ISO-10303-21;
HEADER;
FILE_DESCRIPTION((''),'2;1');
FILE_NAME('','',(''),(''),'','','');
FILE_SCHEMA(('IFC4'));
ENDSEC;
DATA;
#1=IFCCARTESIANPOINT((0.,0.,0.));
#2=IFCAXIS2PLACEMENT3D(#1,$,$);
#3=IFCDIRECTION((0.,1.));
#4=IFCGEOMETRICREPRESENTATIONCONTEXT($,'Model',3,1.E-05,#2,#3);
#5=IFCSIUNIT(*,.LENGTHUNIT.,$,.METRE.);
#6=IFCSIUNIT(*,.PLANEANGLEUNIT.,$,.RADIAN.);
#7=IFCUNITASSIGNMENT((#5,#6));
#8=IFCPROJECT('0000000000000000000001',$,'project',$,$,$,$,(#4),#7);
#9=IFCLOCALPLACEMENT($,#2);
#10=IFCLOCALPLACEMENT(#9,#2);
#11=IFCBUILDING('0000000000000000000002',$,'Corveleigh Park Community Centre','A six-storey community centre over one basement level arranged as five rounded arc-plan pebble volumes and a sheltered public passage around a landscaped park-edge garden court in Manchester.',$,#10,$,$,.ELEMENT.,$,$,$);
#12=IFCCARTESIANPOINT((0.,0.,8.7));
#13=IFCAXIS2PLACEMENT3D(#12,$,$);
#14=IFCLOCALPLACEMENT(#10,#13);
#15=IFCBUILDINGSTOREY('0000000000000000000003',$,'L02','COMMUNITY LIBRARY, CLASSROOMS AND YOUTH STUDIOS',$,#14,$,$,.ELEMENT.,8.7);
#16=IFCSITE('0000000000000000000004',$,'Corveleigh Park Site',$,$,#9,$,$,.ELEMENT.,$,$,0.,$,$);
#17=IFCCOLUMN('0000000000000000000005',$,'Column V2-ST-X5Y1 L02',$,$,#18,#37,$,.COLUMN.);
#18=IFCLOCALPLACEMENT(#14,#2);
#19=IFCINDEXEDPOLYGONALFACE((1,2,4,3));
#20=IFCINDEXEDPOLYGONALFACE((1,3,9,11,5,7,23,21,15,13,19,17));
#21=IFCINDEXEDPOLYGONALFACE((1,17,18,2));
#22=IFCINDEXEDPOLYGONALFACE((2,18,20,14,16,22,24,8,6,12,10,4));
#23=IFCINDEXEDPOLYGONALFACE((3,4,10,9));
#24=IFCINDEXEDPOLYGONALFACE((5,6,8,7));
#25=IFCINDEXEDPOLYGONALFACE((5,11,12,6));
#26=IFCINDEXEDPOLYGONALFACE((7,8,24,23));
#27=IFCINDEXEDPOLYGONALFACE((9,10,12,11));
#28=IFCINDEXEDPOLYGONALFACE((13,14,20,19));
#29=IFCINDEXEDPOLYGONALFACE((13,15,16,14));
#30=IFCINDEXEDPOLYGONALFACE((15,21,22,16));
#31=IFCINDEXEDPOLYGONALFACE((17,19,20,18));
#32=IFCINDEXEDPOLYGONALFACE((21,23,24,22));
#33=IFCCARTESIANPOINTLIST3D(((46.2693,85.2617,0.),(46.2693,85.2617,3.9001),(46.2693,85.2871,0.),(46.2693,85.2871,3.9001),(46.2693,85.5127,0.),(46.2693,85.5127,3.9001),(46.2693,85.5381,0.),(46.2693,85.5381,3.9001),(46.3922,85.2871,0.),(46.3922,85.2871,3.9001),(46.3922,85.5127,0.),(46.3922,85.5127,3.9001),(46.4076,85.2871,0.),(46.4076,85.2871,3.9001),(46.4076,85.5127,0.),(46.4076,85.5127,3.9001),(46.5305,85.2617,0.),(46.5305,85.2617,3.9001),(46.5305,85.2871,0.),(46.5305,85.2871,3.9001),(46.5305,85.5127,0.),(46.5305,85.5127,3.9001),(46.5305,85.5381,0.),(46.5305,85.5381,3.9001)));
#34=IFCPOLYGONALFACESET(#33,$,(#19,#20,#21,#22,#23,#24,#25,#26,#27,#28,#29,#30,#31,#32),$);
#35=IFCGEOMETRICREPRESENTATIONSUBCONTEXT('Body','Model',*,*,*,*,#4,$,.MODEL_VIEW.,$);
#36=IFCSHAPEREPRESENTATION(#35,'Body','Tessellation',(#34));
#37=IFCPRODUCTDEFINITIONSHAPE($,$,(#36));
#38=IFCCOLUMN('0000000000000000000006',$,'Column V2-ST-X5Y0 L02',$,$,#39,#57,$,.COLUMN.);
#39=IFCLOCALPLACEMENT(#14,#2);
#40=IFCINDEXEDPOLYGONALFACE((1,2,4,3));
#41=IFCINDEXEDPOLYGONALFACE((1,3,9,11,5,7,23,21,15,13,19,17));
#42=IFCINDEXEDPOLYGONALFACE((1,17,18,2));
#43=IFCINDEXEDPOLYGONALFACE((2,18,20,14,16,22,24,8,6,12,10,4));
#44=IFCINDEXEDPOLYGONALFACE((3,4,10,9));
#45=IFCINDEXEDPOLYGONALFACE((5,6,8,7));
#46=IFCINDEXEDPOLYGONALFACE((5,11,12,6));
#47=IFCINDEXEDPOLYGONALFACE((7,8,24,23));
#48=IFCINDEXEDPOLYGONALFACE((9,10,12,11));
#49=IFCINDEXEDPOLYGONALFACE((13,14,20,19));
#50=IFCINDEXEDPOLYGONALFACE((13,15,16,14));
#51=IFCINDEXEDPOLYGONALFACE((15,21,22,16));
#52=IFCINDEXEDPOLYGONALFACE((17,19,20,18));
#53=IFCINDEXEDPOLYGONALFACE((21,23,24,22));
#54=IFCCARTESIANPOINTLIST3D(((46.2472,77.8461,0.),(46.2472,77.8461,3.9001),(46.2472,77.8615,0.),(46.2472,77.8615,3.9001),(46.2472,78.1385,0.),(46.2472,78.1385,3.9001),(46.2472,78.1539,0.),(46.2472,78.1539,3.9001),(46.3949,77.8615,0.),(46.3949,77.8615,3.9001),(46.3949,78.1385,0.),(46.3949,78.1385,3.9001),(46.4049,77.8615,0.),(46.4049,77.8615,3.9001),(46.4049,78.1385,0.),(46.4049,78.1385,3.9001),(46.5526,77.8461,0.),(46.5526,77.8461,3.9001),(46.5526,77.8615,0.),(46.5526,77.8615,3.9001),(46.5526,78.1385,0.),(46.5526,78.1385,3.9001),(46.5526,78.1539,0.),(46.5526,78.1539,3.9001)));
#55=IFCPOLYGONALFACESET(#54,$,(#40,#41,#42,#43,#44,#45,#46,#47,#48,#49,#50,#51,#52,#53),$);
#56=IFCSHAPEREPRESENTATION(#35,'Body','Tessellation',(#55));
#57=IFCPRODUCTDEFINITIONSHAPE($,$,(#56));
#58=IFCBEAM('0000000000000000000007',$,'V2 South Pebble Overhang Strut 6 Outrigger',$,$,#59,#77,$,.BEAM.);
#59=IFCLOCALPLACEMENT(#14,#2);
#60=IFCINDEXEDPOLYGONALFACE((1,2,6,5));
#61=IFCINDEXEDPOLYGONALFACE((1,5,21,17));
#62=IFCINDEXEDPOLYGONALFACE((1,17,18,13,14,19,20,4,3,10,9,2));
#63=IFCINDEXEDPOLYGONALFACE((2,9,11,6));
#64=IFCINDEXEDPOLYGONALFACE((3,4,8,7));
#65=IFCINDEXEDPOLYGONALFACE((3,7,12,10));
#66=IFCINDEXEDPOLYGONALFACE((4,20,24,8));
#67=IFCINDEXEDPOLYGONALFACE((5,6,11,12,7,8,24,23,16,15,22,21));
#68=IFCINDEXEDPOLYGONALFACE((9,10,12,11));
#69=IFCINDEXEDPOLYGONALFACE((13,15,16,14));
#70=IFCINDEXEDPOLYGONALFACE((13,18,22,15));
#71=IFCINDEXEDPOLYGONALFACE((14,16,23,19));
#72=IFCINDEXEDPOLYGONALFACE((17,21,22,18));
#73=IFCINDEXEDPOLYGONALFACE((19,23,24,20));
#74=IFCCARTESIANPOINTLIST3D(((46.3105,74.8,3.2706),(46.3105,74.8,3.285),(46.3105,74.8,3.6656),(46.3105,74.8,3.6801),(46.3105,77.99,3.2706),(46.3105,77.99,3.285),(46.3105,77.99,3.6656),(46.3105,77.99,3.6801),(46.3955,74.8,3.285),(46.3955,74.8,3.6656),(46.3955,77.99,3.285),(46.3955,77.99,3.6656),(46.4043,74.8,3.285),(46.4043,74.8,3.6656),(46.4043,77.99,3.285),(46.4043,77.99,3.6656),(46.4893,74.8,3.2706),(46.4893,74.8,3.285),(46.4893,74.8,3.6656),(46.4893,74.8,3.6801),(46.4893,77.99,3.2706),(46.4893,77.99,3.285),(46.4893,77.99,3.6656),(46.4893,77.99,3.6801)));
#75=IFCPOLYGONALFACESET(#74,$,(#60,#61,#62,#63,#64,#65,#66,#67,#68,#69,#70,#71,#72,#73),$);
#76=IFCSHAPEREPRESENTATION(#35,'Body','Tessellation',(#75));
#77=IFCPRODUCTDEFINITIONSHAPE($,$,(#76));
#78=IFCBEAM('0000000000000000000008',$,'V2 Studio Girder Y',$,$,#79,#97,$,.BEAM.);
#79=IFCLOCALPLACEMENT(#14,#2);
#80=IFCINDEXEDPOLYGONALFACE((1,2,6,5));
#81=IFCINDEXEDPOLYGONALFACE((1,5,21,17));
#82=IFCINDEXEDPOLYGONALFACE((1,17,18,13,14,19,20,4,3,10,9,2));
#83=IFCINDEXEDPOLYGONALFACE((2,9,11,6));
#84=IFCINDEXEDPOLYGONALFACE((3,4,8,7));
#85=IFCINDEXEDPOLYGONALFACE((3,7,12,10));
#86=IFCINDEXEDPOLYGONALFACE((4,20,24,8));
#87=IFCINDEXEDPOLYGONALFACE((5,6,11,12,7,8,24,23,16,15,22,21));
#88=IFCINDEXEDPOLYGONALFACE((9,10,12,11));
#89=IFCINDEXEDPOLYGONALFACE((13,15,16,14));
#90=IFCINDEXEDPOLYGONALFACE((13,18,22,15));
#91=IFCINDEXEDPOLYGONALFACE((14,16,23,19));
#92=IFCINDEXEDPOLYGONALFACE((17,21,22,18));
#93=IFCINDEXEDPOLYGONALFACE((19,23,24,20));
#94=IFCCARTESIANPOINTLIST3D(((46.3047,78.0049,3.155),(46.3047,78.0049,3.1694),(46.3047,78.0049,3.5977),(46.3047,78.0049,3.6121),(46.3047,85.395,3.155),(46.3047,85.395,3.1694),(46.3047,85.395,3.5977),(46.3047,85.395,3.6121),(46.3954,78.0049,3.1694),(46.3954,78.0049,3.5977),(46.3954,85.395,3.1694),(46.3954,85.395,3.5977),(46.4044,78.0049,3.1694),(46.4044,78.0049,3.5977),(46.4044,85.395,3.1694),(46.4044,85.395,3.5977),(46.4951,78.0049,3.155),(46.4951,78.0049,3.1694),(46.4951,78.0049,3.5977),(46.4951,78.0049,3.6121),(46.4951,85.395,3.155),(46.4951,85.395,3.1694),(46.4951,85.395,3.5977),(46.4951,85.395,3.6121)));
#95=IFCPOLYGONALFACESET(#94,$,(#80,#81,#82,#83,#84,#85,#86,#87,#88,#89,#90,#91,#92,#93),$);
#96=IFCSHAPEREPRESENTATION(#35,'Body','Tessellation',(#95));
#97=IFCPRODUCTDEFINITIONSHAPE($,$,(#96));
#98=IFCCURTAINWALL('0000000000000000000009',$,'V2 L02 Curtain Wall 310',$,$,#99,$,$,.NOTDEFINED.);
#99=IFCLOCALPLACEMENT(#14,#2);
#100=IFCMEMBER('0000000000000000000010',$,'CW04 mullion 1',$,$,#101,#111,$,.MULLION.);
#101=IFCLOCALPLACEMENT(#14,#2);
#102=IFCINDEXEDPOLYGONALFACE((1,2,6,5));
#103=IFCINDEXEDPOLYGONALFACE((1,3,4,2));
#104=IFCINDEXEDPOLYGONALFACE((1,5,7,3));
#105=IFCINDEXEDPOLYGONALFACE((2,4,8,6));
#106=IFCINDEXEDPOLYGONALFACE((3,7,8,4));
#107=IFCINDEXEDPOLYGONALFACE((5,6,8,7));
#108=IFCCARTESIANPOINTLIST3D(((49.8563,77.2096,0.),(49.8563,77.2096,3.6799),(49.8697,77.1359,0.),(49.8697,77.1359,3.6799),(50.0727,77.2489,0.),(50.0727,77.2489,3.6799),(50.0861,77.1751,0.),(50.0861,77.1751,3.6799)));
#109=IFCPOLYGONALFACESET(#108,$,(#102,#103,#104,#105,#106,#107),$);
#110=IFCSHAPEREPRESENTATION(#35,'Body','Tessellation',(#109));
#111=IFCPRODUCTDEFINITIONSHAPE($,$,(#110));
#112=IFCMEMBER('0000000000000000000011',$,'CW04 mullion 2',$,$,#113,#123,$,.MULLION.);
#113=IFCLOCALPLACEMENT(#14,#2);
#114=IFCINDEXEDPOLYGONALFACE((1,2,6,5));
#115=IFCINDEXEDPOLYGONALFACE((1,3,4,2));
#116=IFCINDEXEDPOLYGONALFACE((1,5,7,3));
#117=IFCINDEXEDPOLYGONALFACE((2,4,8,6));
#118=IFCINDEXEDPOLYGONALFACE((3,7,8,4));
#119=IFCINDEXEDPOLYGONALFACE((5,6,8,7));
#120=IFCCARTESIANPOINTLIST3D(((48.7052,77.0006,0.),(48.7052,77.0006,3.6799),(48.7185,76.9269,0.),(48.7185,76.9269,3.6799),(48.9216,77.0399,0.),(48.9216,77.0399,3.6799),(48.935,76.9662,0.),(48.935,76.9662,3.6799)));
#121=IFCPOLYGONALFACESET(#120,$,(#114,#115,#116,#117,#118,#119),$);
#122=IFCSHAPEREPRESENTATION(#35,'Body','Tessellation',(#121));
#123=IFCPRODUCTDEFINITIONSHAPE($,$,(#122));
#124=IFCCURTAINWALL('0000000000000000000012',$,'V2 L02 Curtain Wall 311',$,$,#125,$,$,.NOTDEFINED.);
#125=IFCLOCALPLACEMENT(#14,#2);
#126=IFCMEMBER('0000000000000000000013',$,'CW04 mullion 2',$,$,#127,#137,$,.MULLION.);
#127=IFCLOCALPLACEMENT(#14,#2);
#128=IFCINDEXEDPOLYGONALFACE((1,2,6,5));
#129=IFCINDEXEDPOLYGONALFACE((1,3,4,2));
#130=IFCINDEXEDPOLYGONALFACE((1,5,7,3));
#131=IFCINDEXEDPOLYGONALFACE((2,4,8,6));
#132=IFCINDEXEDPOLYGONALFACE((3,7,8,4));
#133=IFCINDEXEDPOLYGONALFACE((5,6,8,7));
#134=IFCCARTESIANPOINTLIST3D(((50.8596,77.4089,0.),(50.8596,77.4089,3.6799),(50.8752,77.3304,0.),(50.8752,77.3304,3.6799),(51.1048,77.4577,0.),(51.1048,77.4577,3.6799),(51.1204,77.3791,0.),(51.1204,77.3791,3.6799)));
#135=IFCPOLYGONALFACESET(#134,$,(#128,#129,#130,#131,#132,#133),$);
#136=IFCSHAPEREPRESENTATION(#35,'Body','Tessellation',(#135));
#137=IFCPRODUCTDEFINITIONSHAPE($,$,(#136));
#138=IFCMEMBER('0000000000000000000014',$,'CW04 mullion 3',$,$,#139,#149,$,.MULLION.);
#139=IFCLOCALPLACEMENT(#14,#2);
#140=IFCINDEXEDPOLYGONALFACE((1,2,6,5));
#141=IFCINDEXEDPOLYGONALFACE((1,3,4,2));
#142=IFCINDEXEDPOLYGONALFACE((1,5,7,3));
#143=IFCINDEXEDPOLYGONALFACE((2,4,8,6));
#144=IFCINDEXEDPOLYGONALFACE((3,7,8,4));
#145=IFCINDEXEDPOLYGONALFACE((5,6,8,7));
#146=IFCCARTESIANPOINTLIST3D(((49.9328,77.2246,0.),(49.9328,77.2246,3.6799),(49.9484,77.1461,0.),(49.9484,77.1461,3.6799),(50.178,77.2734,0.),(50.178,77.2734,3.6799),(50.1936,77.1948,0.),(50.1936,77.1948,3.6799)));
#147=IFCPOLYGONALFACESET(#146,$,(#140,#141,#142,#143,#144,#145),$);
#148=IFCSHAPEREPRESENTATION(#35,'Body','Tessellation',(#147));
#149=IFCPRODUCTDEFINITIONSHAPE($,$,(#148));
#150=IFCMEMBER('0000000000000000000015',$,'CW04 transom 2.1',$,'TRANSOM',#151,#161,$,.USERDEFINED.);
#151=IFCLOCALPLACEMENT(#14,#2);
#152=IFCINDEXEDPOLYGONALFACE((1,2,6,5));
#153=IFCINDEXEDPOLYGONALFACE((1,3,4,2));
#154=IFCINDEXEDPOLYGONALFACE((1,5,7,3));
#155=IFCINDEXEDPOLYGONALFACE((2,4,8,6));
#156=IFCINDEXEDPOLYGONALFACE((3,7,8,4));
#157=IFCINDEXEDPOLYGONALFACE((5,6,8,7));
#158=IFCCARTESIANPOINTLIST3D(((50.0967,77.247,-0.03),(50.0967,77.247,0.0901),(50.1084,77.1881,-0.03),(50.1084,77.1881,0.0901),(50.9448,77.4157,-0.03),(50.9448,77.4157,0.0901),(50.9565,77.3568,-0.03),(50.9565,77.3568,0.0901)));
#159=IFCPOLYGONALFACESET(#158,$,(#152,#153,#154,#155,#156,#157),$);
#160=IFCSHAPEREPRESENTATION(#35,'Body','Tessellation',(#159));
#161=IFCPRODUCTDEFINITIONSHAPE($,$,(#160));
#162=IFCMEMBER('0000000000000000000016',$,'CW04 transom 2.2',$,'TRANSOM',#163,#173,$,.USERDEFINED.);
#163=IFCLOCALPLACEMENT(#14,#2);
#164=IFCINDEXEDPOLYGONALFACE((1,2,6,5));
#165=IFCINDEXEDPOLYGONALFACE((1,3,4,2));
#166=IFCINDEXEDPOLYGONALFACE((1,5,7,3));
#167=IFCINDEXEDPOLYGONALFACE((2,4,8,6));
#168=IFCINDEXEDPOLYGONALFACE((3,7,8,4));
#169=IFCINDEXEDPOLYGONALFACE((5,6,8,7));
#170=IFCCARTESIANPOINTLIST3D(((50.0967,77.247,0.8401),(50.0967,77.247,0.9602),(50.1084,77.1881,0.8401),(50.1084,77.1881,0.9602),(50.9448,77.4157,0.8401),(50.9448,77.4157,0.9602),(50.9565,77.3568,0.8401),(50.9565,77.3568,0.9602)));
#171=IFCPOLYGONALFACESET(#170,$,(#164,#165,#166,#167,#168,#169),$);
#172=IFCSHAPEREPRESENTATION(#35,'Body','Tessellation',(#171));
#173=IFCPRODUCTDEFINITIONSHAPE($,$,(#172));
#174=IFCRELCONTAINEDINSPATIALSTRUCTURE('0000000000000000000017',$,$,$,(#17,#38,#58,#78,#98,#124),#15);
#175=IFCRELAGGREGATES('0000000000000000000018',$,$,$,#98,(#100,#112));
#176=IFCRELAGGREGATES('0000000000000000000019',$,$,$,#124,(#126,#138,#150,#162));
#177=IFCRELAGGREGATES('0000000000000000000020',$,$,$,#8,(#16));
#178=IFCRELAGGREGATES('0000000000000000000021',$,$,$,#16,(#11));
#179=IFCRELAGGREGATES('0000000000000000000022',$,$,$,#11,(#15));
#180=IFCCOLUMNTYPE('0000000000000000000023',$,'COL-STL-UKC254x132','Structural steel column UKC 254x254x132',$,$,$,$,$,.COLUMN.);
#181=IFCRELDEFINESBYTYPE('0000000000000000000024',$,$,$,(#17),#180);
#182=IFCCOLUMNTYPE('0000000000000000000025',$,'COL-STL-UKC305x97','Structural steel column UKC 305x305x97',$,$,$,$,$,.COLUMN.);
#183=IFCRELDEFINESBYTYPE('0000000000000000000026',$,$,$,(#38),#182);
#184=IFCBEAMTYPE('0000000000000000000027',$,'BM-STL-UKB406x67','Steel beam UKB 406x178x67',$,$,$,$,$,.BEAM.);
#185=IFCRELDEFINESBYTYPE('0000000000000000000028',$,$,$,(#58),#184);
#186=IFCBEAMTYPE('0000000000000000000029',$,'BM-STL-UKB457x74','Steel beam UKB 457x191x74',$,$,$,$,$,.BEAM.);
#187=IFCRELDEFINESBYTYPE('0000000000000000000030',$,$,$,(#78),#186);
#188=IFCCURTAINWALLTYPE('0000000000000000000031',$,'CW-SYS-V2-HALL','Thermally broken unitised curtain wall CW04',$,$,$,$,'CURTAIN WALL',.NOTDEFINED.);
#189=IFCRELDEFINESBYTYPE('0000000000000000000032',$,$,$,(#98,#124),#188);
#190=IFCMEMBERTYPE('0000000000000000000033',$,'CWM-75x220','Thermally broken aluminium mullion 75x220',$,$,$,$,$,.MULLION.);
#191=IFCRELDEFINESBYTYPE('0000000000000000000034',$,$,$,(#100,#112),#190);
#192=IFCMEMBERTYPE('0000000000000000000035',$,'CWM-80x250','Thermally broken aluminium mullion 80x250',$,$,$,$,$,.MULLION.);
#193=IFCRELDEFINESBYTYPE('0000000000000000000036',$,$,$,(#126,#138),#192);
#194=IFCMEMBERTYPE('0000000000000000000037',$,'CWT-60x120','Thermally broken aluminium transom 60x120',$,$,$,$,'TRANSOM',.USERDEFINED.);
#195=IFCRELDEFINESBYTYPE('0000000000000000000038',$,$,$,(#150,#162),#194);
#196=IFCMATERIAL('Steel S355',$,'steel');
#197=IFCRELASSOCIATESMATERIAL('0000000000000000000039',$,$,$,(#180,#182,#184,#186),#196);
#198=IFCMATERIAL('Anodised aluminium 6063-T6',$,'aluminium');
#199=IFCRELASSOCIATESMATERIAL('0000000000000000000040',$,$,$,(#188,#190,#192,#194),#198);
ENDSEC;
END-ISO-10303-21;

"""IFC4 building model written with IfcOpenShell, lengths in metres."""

from ifc_helpers import new_model, si_unit, direction, frame, origin, origin_2d, place, context, subcontext, project, spatial, rectangle, i_section, extrude, material, material_profile, profile_set, type_object, element, aggregate, save


model = new_model("IFC4")

# Units and contexts
model_context = context("Model", 3, precision=1e-05, world=origin(), true_north=direction((0.0, 1.0)))
body_context = subcontext(model_context, "Body", "Model", "MODEL_VIEW")
ifc_project = project(units=[si_unit("LENGTHUNIT", "METRE"), si_unit("PLANEANGLEUNIT", "RADIAN")], contexts=[model_context])

# Site, building, storey
site_placement = place(None, origin())
site = spatial("IfcSite", under=ifc_project, at=site_placement, Name="Corveleigh Park Site", CompositionType="ELEMENT", RefElevation=0.0)
building_placement = place(site_placement, origin())
building = spatial("IfcBuilding", under=site, at=building_placement, Name="Corveleigh Park Community Centre", Description="A six-storey community centre over one basement level arranged as five rounded arc-plan pebble volumes and a sheltered public passage around a landscaped park-edge garden court in Manchester.", CompositionType="ELEMENT")
storey_placement = place(building_placement, frame((0.0, 0.0, 8.7)))
storey = spatial("IfcBuildingStorey", under=building, at=storey_placement, Name="L02", Description="COMMUNITY LIBRARY, CLASSROOMS AND YOUTH STUDIOS", CompositionType="ELEMENT", Elevation=8.7)

# Columns
ifc_material_1 = material(Name="Steel S355", Category="steel")
ifc_material_profile_1 = material_profile(ifc_material_1, i_section(OverallWidth=0.2612, OverallDepth=0.2764, WebThickness=0.0154, FlangeThickness=0.0254, at=origin_2d()), Name="UKC 254x254x132", Category="steel")
ifc_profile_set_1 = profile_set([ifc_material_profile_1], Name="Steel S355")
column_type_1 = type_object("IfcColumnType", Name="COL-STL-UKC254x132", Description="Structural steel column UKC 254x254x132", PredefinedType="COLUMN", material=ifc_profile_set_1)
column_1_placement = place(storey_placement, frame((46.3999, 85.3999, 0.0), z_axis=(0.0, 0.0, 1.0), x_axis=(1.0, 0.0, 0.0)))
element("IfcColumn", 1, at=column_1_placement, inside=storey, type_object=column_type_1, Name="Column V2-ST-X5Y1 L02", PredefinedType="COLUMN", context=body_context, shape_type="SweptSolid", body=[
    extrude(i_section(OverallWidth=0.2612, OverallDepth=0.2764, WebThickness=0.0154, FlangeThickness=0.0254, at=origin_2d()), origin(), (0.0, 0.0, 1.0), 3.9001),
])
ifc_material_profile_2 = material_profile(ifc_material_1, i_section(OverallWidth=0.3054, OverallDepth=0.3079, WebThickness=0.01, FlangeThickness=0.0154, at=origin_2d()), Name="UKC 305x305x97", Category="steel")
ifc_profile_set_2 = profile_set([ifc_material_profile_2], Name="Steel S355")
column_type_2 = type_object("IfcColumnType", Name="COL-STL-UKC305x97", Description="Structural steel column UKC 305x305x97", PredefinedType="COLUMN", material=ifc_profile_set_2)
column_2_placement = place(storey_placement, frame((46.3999, 78.0, 0.0), z_axis=(0.0, 0.0, 1.0), x_axis=(1.0, 0.0, 0.0)))
element("IfcColumn", 2, at=column_2_placement, inside=storey, type_object=column_type_2, Name="Column V2-ST-X5Y0 L02", PredefinedType="COLUMN", context=body_context, shape_type="SweptSolid", body=[
    extrude(i_section(OverallWidth=0.3054, OverallDepth=0.3079, WebThickness=0.01, FlangeThickness=0.0154, at=origin_2d()), origin(), (0.0, 0.0, 1.0), 3.9001),
])

# Beams
ifc_material_profile_3 = material_profile(ifc_material_1, i_section(OverallWidth=0.1787, OverallDepth=0.4094, WebThickness=0.0088, FlangeThickness=0.0144, at=origin_2d()), Name="UKB 406x178x67", Category="steel")
ifc_profile_set_3 = profile_set([ifc_material_profile_3], Name="Steel S355")
beam_type_1 = type_object("IfcBeamType", Name="BM-STL-UKB406x67", Description="Steel beam UKB 406x178x67", PredefinedType="BEAM", material=ifc_profile_set_3)
beam_1_placement = place(storey_placement, frame((46.3999, 77.99, 3.4753), z_axis=(0.0, -1.0, 0.0), x_axis=(1.0, 0.0, 0.0)))
element("IfcBeam", 3, at=beam_1_placement, inside=storey, type_object=beam_type_1, Name="V2 South Pebble Overhang Strut 6 Outrigger", PredefinedType="BEAM", context=body_context, shape_type="SweptSolid", body=[
    extrude(i_section(OverallWidth=0.1787, OverallDepth=0.4094, WebThickness=0.0088, FlangeThickness=0.0144, at=origin_2d()), origin(), (0.0, 0.0, 1.0), 3.1899),
])
ifc_material_profile_4 = material_profile(ifc_material_1, i_section(OverallWidth=0.1904, OverallDepth=0.457, WebThickness=0.009, FlangeThickness=0.0144, at=origin_2d()), Name="UKB 457x191x74", Category="steel")
ifc_profile_set_4 = profile_set([ifc_material_profile_4], Name="Steel S355")
beam_type_2 = type_object("IfcBeamType", Name="BM-STL-UKB457x74", Description="Steel beam UKB 457x191x74", PredefinedType="BEAM", material=ifc_profile_set_4)
beam_2_placement = place(storey_placement, frame((46.3999, 78.0049, 3.3835), z_axis=(0.0, 1.0, 0.0), x_axis=(-1.0, 0.0, 0.0)))
element("IfcBeam", 4, at=beam_2_placement, inside=storey, type_object=beam_type_2, Name="V2 Studio Girder Y", PredefinedType="BEAM", context=body_context, shape_type="SweptSolid", body=[
    extrude(i_section(OverallWidth=0.1904, OverallDepth=0.457, WebThickness=0.009, FlangeThickness=0.0144, at=origin_2d()), origin(), (0.0, 0.0, 1.0), 7.3901),
])

# Curtain walls, members
ifc_material_2 = material(Name="Anodised aluminium 6063-T6", Category="aluminium")
curtain_wall_type = type_object("IfcCurtainWallType", Name="CW-SYS-V2-HALL", Description="Thermally broken unitised curtain wall CW04", ElementType="CURTAIN WALL", PredefinedType="NOTDEFINED", material=ifc_material_2)
curtain_wall_1_placement = place(storey_placement, origin())
curtain_wall_1 = element("IfcCurtainWall", 5, at=curtain_wall_1_placement, inside=storey, type_object=curtain_wall_type, Name="V2 L02 Curtain Wall 310", PredefinedType="NOTDEFINED")
ifc_material_profile_5 = material_profile(ifc_material_2, rectangle(XDim=0.075, YDim=0.22, at=origin_2d()), Name="ALU-M75x220", Category="aluminium")
ifc_profile_set_5 = profile_set([ifc_material_profile_5], Name="Anodised aluminium 6063-T6")
member_type_1 = type_object("IfcMemberType", Name="CWM-75x220", Description="Thermally broken aluminium mullion 75x220", PredefinedType="MULLION", material=ifc_profile_set_5)
member_1_placement = place(storey_placement, frame((49.9712, 77.1924, 0.0), z_axis=(0.0, 0.0, 1.0), x_axis=(0.178485, -0.983943, 0.0)))
member_1 = element("IfcMember", 6, at=member_1_placement, type_object=member_type_1, Name="CW04 mullion 1", PredefinedType="MULLION", context=body_context, shape_type="SweptSolid", body=[
    extrude(rectangle(XDim=0.075, YDim=0.22, at=origin_2d()), origin(), (0.0, 0.0, 1.0), 3.6799),
])
member_2_placement = place(storey_placement, frame((48.8201, 76.9834, 0.0), z_axis=(0.0, 0.0, 1.0), x_axis=(0.178485, -0.983943, 0.0)))
member_2 = element("IfcMember", 7, at=member_2_placement, type_object=member_type_1, Name="CW04 mullion 2", PredefinedType="MULLION", context=body_context, shape_type="SweptSolid", body=[
    extrude(rectangle(XDim=0.075, YDim=0.22, at=origin_2d()), origin(), (0.0, 0.0, 1.0), 3.6799),
])
curtain_wall_2_placement = place(storey_placement, origin())
curtain_wall_2 = element("IfcCurtainWall", 8, at=curtain_wall_2_placement, inside=storey, type_object=curtain_wall_type, Name="V2 L02 Curtain Wall 311", PredefinedType="NOTDEFINED")
ifc_material_profile_6 = material_profile(ifc_material_2, rectangle(XDim=0.0801, YDim=0.25, at=origin_2d()), Name="ALU-M80x250", Category="aluminium")
ifc_profile_set_6 = profile_set([ifc_material_profile_6], Name="Anodised aluminium 6063-T6")
member_type_2 = type_object("IfcMemberType", Name="CWM-80x250", Description="Thermally broken aluminium mullion 80x250", PredefinedType="MULLION", material=ifc_profile_set_6)
member_3_placement = place(storey_placement, frame((50.99, 77.394, 0.0), z_axis=(0.0, 0.0, 1.0), x_axis=(0.194944, -0.980814, 0.0)))
member_3 = element("IfcMember", 9, at=member_3_placement, type_object=member_type_2, Name="CW04 mullion 2", PredefinedType="MULLION", context=body_context, shape_type="SweptSolid", body=[
    extrude(rectangle(XDim=0.0801, YDim=0.25, at=origin_2d()), origin(), (0.0, 0.0, 1.0), 3.6799),
])
member_4_placement = place(storey_placement, frame((50.0632, 77.2097, 0.0), z_axis=(0.0, 0.0, 1.0), x_axis=(0.194944, -0.980814, 0.0)))
member_4 = element("IfcMember", 10, at=member_4_placement, type_object=member_type_2, Name="CW04 mullion 3", PredefinedType="MULLION", context=body_context, shape_type="SweptSolid", body=[
    extrude(rectangle(XDim=0.0801, YDim=0.25, at=origin_2d()), origin(), (0.0, 0.0, 1.0), 3.6799),
])
ifc_material_profile_7 = material_profile(ifc_material_2, rectangle(XDim=0.0601, YDim=0.1201, at=origin_2d()), Name="ALU-T60x120", Category="aluminium")
ifc_profile_set_7 = profile_set([ifc_material_profile_7], Name="Anodised aluminium 6063-T6")
member_type_3 = type_object("IfcMemberType", Name="CWT-60x120", Description="Thermally broken aluminium transom 60x120", ElementType="TRANSOM", PredefinedType="USERDEFINED", material=ifc_profile_set_7)
member_5_placement = place(storey_placement, frame((50.9507, 77.3862, 0.03), z_axis=(-0.980786, -0.195084, 0.0), x_axis=(0.195084, -0.980786, 0.0)))
member_5 = element("IfcMember", 11, at=member_5_placement, type_object=member_type_3, Name="CW04 transom 2.1", ObjectType="TRANSOM", PredefinedType="USERDEFINED", context=body_context, shape_type="SweptSolid", body=[
    extrude(rectangle(XDim=0.0601, YDim=0.1201, at=origin_2d()), origin(), (0.0, 0.0, 1.0), 0.8647),
])
member_6_placement = place(storey_placement, frame((50.9507, 77.3862, 0.9001), z_axis=(-0.980786, -0.195084, 0.0), x_axis=(0.195084, -0.980786, 0.0)))
member_6 = element("IfcMember", 12, at=member_6_placement, type_object=member_type_3, Name="CW04 transom 2.2", ObjectType="TRANSOM", PredefinedType="USERDEFINED", context=body_context, shape_type="SweptSolid", body=[
    extrude(rectangle(XDim=0.0601, YDim=0.1201, at=origin_2d()), origin(), (0.0, 0.0, 1.0), 0.8647),
])

aggregate(curtain_wall_1, [member_1, member_2])
aggregate(curtain_wall_2, [member_3, member_4, member_5, member_6])

save(model, "model.ifc")
